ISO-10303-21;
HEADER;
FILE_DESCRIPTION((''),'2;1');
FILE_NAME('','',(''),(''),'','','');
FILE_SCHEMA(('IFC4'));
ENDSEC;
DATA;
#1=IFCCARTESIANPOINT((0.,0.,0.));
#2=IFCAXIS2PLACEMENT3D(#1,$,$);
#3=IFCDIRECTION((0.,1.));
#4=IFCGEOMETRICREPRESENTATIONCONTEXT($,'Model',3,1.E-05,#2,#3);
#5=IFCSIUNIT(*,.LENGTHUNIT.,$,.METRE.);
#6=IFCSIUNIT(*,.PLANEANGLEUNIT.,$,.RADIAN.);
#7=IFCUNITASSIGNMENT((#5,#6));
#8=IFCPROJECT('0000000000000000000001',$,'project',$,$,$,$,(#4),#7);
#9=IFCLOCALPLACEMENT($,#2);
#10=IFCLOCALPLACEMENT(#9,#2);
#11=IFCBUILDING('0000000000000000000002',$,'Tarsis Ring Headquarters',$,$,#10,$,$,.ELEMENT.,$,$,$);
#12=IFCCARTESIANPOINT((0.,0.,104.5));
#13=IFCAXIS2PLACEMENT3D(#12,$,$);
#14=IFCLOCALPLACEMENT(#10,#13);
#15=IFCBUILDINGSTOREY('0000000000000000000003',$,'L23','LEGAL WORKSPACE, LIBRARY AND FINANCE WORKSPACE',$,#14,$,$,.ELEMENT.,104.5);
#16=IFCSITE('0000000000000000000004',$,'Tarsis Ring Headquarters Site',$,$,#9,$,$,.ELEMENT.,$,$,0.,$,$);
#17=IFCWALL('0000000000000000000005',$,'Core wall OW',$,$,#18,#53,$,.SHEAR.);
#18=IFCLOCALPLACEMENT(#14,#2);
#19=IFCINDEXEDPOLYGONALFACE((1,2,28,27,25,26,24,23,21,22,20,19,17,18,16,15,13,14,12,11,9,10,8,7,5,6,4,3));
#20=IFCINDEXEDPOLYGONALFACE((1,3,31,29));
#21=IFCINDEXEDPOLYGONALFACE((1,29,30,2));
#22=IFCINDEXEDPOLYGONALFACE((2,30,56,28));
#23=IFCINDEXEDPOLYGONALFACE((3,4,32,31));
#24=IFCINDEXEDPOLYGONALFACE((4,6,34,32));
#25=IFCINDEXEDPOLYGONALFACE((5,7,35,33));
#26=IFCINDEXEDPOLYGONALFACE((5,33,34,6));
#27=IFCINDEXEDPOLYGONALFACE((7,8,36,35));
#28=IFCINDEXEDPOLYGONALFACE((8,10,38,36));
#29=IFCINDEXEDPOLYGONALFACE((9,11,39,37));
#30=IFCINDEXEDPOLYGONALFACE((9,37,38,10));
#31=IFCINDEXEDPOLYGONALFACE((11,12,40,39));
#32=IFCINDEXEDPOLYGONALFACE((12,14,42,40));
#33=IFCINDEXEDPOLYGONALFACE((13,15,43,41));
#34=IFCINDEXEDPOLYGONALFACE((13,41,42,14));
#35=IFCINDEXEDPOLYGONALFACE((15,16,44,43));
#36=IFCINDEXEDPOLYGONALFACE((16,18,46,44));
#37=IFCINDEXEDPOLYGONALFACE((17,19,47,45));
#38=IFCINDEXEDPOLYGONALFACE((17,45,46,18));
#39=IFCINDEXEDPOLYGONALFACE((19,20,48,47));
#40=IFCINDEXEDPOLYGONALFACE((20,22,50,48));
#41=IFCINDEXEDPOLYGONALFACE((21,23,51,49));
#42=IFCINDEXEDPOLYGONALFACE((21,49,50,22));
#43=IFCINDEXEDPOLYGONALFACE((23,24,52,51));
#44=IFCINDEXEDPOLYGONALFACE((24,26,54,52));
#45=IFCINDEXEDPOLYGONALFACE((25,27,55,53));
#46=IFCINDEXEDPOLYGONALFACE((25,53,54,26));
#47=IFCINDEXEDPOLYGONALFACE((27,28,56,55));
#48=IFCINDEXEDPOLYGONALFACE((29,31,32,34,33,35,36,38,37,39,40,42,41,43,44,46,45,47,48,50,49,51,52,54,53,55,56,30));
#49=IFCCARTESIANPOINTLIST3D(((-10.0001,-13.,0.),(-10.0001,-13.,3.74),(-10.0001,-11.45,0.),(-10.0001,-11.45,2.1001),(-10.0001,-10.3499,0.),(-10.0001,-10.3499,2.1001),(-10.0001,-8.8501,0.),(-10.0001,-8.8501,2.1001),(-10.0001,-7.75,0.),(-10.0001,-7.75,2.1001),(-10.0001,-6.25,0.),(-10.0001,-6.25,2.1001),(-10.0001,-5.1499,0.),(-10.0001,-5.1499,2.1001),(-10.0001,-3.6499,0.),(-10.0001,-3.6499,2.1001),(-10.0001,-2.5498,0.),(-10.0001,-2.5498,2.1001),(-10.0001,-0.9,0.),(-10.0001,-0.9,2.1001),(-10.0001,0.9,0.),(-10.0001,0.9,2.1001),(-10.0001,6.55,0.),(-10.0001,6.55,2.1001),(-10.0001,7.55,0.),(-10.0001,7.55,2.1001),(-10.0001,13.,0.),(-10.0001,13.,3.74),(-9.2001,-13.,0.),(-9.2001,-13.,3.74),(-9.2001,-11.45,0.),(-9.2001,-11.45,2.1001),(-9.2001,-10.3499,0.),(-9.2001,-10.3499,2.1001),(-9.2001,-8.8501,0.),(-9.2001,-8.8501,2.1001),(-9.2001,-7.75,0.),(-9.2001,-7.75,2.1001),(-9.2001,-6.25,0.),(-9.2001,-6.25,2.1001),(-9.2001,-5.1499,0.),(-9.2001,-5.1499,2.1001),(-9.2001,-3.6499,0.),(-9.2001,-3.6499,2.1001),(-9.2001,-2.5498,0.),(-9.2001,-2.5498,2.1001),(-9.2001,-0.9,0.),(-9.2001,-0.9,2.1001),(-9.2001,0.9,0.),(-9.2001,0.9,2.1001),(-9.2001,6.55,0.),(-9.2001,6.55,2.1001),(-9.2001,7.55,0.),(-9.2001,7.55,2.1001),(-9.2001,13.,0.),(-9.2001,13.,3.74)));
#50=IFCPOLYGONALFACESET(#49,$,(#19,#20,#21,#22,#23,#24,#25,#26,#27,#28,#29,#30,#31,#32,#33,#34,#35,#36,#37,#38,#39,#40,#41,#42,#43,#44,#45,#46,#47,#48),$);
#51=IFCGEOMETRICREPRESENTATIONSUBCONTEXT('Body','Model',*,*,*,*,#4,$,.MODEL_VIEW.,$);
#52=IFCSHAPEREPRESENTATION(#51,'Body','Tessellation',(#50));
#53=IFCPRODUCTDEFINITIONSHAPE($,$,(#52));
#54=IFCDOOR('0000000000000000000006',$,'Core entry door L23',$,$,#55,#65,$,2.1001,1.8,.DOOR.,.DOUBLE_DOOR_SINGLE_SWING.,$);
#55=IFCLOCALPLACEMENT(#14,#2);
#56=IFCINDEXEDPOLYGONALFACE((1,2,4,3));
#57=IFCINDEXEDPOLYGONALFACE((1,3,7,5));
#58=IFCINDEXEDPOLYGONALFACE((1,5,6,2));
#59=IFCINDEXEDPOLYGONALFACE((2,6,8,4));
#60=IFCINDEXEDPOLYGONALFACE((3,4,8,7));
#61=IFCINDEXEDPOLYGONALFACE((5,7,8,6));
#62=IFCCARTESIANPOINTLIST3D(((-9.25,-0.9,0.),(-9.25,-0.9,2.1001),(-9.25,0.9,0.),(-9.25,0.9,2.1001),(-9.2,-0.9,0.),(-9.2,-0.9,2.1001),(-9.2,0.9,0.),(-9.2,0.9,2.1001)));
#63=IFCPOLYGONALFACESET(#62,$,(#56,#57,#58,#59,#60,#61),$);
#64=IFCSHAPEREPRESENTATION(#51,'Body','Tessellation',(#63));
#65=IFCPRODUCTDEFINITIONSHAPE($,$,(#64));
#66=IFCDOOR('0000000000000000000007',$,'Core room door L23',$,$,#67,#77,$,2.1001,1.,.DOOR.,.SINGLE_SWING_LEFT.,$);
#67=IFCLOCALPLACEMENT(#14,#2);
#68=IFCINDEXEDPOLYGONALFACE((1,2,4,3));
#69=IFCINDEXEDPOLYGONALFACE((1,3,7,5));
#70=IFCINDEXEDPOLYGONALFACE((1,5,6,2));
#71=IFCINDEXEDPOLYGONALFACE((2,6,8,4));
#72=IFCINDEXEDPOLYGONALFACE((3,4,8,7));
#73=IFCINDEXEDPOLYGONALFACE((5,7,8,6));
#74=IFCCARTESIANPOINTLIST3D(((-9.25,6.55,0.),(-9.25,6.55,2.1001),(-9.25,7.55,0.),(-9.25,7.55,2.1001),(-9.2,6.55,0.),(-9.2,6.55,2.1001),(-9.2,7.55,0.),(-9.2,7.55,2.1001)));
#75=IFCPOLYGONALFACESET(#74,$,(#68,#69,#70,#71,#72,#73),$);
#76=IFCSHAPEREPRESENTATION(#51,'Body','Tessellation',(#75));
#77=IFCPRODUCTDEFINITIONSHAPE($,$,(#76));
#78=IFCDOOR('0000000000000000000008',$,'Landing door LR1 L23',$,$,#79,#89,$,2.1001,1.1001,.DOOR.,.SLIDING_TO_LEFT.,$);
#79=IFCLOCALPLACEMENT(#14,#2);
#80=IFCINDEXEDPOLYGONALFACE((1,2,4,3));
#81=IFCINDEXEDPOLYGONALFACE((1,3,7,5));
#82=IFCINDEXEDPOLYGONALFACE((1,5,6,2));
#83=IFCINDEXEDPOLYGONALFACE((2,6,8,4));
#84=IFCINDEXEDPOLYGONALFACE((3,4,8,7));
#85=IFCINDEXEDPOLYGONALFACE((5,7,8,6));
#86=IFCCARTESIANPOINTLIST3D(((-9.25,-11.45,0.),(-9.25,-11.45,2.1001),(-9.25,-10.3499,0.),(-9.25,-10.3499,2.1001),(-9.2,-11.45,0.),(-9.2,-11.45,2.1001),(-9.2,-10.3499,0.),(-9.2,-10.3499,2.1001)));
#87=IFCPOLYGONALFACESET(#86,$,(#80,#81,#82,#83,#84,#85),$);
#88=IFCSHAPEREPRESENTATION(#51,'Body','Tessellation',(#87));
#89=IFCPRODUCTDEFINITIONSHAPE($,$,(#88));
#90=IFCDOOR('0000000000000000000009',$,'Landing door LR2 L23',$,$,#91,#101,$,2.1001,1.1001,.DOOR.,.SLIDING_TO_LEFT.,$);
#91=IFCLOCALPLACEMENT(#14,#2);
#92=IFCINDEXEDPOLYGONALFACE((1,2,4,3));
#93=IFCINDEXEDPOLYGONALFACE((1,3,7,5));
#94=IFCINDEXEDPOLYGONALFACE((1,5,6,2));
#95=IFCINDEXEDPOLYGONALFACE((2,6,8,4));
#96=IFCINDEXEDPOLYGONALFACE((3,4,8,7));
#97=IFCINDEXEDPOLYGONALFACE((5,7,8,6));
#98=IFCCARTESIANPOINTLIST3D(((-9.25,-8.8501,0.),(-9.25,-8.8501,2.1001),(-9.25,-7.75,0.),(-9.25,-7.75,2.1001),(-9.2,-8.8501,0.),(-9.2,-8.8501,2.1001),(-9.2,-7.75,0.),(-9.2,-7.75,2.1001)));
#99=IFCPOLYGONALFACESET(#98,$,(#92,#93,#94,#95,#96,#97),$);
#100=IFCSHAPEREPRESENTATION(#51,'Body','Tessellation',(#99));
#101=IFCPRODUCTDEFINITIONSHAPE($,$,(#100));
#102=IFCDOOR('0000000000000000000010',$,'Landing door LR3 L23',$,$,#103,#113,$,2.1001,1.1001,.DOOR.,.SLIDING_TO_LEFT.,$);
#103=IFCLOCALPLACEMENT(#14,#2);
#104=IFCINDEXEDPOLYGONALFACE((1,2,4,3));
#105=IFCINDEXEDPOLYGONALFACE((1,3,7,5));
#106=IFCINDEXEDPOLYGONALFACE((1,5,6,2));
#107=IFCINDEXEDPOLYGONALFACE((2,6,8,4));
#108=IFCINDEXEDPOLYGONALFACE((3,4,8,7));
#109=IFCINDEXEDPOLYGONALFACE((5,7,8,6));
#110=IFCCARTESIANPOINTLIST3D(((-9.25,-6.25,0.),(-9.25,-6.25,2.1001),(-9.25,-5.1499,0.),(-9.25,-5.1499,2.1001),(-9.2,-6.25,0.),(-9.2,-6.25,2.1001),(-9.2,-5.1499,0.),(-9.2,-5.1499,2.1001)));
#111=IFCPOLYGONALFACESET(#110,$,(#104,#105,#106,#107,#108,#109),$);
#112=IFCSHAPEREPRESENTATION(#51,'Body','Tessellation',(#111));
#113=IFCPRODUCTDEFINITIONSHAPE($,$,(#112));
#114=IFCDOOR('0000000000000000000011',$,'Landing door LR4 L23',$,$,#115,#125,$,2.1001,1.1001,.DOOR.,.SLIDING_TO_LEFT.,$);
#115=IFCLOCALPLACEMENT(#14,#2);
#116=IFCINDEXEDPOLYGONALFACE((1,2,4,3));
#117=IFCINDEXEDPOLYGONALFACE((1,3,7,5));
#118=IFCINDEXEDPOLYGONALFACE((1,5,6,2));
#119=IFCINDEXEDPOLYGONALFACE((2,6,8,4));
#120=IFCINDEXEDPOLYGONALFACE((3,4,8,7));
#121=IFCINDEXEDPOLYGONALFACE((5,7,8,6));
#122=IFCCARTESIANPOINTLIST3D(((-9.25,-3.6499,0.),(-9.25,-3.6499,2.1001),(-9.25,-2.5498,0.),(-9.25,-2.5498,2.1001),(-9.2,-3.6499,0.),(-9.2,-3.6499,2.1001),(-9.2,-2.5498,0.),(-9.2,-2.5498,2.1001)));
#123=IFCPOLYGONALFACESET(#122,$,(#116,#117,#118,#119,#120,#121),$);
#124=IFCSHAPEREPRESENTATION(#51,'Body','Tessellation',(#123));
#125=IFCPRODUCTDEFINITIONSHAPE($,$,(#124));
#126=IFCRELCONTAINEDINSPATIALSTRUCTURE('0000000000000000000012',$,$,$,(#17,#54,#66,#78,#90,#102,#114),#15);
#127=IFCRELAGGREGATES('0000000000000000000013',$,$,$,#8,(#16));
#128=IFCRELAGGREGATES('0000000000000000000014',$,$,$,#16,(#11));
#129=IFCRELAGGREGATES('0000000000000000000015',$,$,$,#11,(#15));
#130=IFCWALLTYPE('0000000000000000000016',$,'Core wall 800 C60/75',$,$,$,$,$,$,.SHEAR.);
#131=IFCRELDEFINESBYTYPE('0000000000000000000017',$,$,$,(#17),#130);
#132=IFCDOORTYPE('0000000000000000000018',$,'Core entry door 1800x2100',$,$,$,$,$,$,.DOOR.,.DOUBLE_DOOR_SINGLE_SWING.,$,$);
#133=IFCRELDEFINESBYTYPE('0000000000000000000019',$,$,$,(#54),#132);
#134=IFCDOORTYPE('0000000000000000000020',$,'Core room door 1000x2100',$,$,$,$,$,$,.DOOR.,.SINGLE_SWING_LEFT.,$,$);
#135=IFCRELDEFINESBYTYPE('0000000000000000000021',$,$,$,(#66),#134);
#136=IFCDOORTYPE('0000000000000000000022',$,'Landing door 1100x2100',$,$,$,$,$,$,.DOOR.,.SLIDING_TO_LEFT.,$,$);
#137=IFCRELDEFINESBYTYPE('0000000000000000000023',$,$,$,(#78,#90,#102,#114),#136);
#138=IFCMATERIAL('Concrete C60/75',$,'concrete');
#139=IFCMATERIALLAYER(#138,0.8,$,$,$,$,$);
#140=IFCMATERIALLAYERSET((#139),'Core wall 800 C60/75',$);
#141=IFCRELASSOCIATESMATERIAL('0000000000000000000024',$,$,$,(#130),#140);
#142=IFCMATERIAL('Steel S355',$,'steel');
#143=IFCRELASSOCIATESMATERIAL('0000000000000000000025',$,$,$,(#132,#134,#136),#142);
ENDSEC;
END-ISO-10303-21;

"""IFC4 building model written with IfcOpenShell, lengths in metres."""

from ifc_helpers import new_model, si_unit, direction, frame, frame_2d, origin, place, context, subcontext, project, spatial, rectangle, extrude, material, layer, layer_set, type_object, element, fill, save


model = new_model("IFC4")

# Units and contexts
model_context = context("Model", 3, precision=1e-05, world=origin(), true_north=direction((0.0, 1.0)))
body_context = subcontext(model_context, "Body", "Model", "MODEL_VIEW")
ifc_project = project(units=[si_unit("LENGTHUNIT", "METRE"), si_unit("PLANEANGLEUNIT", "RADIAN")], contexts=[model_context])

# Site, building, storey
site_placement = place(None, origin())
site = spatial("IfcSite", under=ifc_project, at=site_placement, Name="Tarsis Ring Headquarters Site", CompositionType="ELEMENT", RefElevation=0.0)
building_placement = place(site_placement, origin())
building = spatial("IfcBuilding", under=site, at=building_placement, Name="Tarsis Ring Headquarters", CompositionType="ELEMENT")
storey_placement = place(building_placement, frame((0.0, 0.0, 104.5)))
storey = spatial("IfcBuildingStorey", under=building, at=storey_placement, Name="L23", Description="LEGAL WORKSPACE, LIBRARY AND FINANCE WORKSPACE", CompositionType="ELEMENT", Elevation=104.5)

# Wall, openings, doors
ifc_material_1 = material(Name="Concrete C60/75", Category="concrete")
ifc_layer_1 = layer(ifc_material_1, 0.8)
ifc_layer_set_1 = layer_set([ifc_layer_1], Name="Core wall 800 C60/75")
wall_type_1 = type_object("IfcWallType", Name="Core wall 800 C60/75", PredefinedType="SHEAR", material=ifc_layer_set_1)
wall_1_placement = place(storey_placement, frame((-9.6001, -13.0, 0.0), z_axis=(0.0, 0.0, 1.0), x_axis=(0.0, 1.0, 0.0)))
wall_1 = element("IfcWall", 1, at=wall_1_placement, inside=storey, type_object=wall_type_1, Name="Core wall OW", PredefinedType="SHEAR", context=body_context, shape_type="SweptSolid", body=[
    extrude(rectangle(XDim=26.0, YDim=0.8, at=frame_2d((13.0, 0.0))), origin(), (0.0, 0.0, 1.0), 3.74),
])
opening_1_placement = place(wall_1_placement, frame((1.55, 0.0, 0.0)))
opening_1 = element("IfcOpeningElement", 2, at=opening_1_placement, cuts=wall_1, PredefinedType="OPENING", context=body_context, shape_type="SweptSolid", body=[
    extrude(rectangle(XDim=1.1001, YDim=2.1001, at=frame_2d((0.55, 1.05))), frame((0.0, 0.4099, 0.0), z_axis=(0.0, -1.0, 0.0), x_axis=(1.0, 0.0, 0.0)), (0.0, 0.0, 1.0), 0.8201),
])
opening_2_placement = place(wall_1_placement, frame((4.1499, 0.0, 0.0)))
opening_2 = element("IfcOpeningElement", 3, at=opening_2_placement, cuts=wall_1, PredefinedType="OPENING", context=body_context, shape_type="SweptSolid", body=[
    extrude(rectangle(XDim=1.1001, YDim=2.1001, at=frame_2d((0.55, 1.05))), frame((0.0, 0.4099, 0.0), z_axis=(0.0, -1.0, 0.0), x_axis=(1.0, 0.0, 0.0)), (0.0, 0.0, 1.0), 0.8201),
])
opening_3_placement = place(wall_1_placement, frame((6.75, 0.0, 0.0)))
opening_3 = element("IfcOpeningElement", 4, at=opening_3_placement, cuts=wall_1, PredefinedType="OPENING", context=body_context, shape_type="SweptSolid", body=[
    extrude(rectangle(XDim=1.1001, YDim=2.1001, at=frame_2d((0.55, 1.05))), frame((0.0, 0.4099, 0.0), z_axis=(0.0, -1.0, 0.0), x_axis=(1.0, 0.0, 0.0)), (0.0, 0.0, 1.0), 0.8201),
])
opening_4_placement = place(wall_1_placement, frame((9.3501, 0.0, 0.0)))
opening_4 = element("IfcOpeningElement", 5, at=opening_4_placement, cuts=wall_1, PredefinedType="OPENING", context=body_context, shape_type="SweptSolid", body=[
    extrude(rectangle(XDim=1.1001, YDim=2.1001, at=frame_2d((0.55, 1.05))), frame((0.0, 0.4099, 0.0), z_axis=(0.0, -1.0, 0.0), x_axis=(1.0, 0.0, 0.0)), (0.0, 0.0, 1.0), 0.8201),
])
opening_5_placement = place(wall_1_placement, frame((12.1001, 0.0, 0.0)))
opening_5 = element("IfcOpeningElement", 6, at=opening_5_placement, cuts=wall_1, PredefinedType="OPENING", context=body_context, shape_type="SweptSolid", body=[
    extrude(rectangle(XDim=1.8, YDim=2.1001, at=frame_2d((0.8999, 1.05))), frame((0.0, 0.4099, 0.0), z_axis=(0.0, -1.0, 0.0), x_axis=(1.0, 0.0, 0.0)), (0.0, 0.0, 1.0), 0.8201),
])
opening_6_placement = place(wall_1_placement, frame((19.55, 0.0, 0.0)))
opening_6 = element("IfcOpeningElement", 7, at=opening_6_placement, cuts=wall_1, PredefinedType="OPENING", context=body_context, shape_type="SweptSolid", body=[
    extrude(rectangle(XDim=1.0, YDim=2.1001, at=frame_2d((0.5, 1.05))), frame((0.0, 0.4099, 0.0), z_axis=(0.0, -1.0, 0.0), x_axis=(1.0, 0.0, 0.0)), (0.0, 0.0, 1.0), 0.8201),
])
ifc_material_2 = material(Name="Steel S355", Category="steel")
door_type_1 = type_object("IfcDoorType", Name="Core entry door 1800x2100", OperationType="DOUBLE_DOOR_SINGLE_SWING", PredefinedType="DOOR", material=ifc_material_2)
door_1_placement = place(opening_5_placement, origin())
door_1 = element("IfcDoor", 8, at=door_1_placement, inside=storey, type_object=door_type_1, Name="Core entry door L23", OperationType="DOUBLE_DOOR_SINGLE_SWING", OverallHeight=2.1001, OverallWidth=1.8, PredefinedType="DOOR", context=body_context, shape_type="SweptSolid", body=[
    extrude(rectangle(XDim=1.8, YDim=2.1001, at=frame_2d((0.8999, 1.05))), frame((0.0, -0.3501, 0.0), z_axis=(0.0, -1.0, 0.0), x_axis=(1.0, 0.0, 0.0)), (0.0, 0.0, 1.0), 0.05),
])
fill(opening_5, door_1)
door_type_2 = type_object("IfcDoorType", Name="Core room door 1000x2100", OperationType="SINGLE_SWING_LEFT", PredefinedType="DOOR", material=ifc_material_2)
door_2_placement = place(opening_6_placement, origin())
door_2 = element("IfcDoor", 9, at=door_2_placement, inside=storey, type_object=door_type_2, Name="Core room door L23", OperationType="SINGLE_SWING_LEFT", OverallHeight=2.1001, OverallWidth=1.0, PredefinedType="DOOR", context=body_context, shape_type="SweptSolid", body=[
    extrude(rectangle(XDim=1.0, YDim=2.1001, at=frame_2d((0.5, 1.05))), frame((0.0, -0.3501, 0.0), z_axis=(0.0, -1.0, 0.0), x_axis=(1.0, 0.0, 0.0)), (0.0, 0.0, 1.0), 0.05),
])
fill(opening_6, door_2)
door_type_3 = type_object("IfcDoorType", Name="Landing door 1100x2100", OperationType="SLIDING_TO_LEFT", PredefinedType="DOOR", material=ifc_material_2)
door_3_placement = place(opening_1_placement, origin())
door_3 = element("IfcDoor", 10, at=door_3_placement, inside=storey, type_object=door_type_3, Name="Landing door LR1 L23", OperationType="SLIDING_TO_LEFT", OverallHeight=2.1001, OverallWidth=1.1001, PredefinedType="DOOR", context=body_context, shape_type="SweptSolid", body=[
    extrude(rectangle(XDim=1.1001, YDim=2.1001, at=frame_2d((0.55, 1.05))), frame((0.0, -0.3501, 0.0), z_axis=(0.0, -1.0, 0.0), x_axis=(1.0, 0.0, 0.0)), (0.0, 0.0, 1.0), 0.05),
])
fill(opening_1, door_3)
door_4_placement = place(opening_2_placement, origin())
door_4 = element("IfcDoor", 11, at=door_4_placement, inside=storey, type_object=door_type_3, Name="Landing door LR2 L23", OperationType="SLIDING_TO_LEFT", OverallHeight=2.1001, OverallWidth=1.1001, PredefinedType="DOOR", context=body_context, shape_type="SweptSolid", body=[
    extrude(rectangle(XDim=1.1001, YDim=2.1001, at=frame_2d((0.55, 1.05))), frame((0.0, -0.3501, 0.0), z_axis=(0.0, -1.0, 0.0), x_axis=(1.0, 0.0, 0.0)), (0.0, 0.0, 1.0), 0.05),
])
fill(opening_2, door_4)
door_5_placement = place(opening_3_placement, origin())
door_5 = element("IfcDoor", 12, at=door_5_placement, inside=storey, type_object=door_type_3, Name="Landing door LR3 L23", OperationType="SLIDING_TO_LEFT", OverallHeight=2.1001, OverallWidth=1.1001, PredefinedType="DOOR", context=body_context, shape_type="SweptSolid", body=[
    extrude(rectangle(XDim=1.1001, YDim=2.1001, at=frame_2d((0.55, 1.05))), frame((0.0, -0.3501, 0.0), z_axis=(0.0, -1.0, 0.0), x_axis=(1.0, 0.0, 0.0)), (0.0, 0.0, 1.0), 0.05),
])
fill(opening_3, door_5)
door_6_placement = place(opening_4_placement, origin())
door_6 = element("IfcDoor", 13, at=door_6_placement, inside=storey, type_object=door_type_3, Name="Landing door LR4 L23", OperationType="SLIDING_TO_LEFT", OverallHeight=2.1001, OverallWidth=1.1001, PredefinedType="DOOR", context=body_context, shape_type="SweptSolid", body=[
    extrude(rectangle(XDim=1.1001, YDim=2.1001, at=frame_2d((0.55, 1.05))), frame((0.0, -0.3501, 0.0), z_axis=(0.0, -1.0, 0.0), x_axis=(1.0, 0.0, 0.0)), (0.0, 0.0, 1.0), 0.05),
])
fill(opening_4, door_6)

save(model, "model.ifc")
